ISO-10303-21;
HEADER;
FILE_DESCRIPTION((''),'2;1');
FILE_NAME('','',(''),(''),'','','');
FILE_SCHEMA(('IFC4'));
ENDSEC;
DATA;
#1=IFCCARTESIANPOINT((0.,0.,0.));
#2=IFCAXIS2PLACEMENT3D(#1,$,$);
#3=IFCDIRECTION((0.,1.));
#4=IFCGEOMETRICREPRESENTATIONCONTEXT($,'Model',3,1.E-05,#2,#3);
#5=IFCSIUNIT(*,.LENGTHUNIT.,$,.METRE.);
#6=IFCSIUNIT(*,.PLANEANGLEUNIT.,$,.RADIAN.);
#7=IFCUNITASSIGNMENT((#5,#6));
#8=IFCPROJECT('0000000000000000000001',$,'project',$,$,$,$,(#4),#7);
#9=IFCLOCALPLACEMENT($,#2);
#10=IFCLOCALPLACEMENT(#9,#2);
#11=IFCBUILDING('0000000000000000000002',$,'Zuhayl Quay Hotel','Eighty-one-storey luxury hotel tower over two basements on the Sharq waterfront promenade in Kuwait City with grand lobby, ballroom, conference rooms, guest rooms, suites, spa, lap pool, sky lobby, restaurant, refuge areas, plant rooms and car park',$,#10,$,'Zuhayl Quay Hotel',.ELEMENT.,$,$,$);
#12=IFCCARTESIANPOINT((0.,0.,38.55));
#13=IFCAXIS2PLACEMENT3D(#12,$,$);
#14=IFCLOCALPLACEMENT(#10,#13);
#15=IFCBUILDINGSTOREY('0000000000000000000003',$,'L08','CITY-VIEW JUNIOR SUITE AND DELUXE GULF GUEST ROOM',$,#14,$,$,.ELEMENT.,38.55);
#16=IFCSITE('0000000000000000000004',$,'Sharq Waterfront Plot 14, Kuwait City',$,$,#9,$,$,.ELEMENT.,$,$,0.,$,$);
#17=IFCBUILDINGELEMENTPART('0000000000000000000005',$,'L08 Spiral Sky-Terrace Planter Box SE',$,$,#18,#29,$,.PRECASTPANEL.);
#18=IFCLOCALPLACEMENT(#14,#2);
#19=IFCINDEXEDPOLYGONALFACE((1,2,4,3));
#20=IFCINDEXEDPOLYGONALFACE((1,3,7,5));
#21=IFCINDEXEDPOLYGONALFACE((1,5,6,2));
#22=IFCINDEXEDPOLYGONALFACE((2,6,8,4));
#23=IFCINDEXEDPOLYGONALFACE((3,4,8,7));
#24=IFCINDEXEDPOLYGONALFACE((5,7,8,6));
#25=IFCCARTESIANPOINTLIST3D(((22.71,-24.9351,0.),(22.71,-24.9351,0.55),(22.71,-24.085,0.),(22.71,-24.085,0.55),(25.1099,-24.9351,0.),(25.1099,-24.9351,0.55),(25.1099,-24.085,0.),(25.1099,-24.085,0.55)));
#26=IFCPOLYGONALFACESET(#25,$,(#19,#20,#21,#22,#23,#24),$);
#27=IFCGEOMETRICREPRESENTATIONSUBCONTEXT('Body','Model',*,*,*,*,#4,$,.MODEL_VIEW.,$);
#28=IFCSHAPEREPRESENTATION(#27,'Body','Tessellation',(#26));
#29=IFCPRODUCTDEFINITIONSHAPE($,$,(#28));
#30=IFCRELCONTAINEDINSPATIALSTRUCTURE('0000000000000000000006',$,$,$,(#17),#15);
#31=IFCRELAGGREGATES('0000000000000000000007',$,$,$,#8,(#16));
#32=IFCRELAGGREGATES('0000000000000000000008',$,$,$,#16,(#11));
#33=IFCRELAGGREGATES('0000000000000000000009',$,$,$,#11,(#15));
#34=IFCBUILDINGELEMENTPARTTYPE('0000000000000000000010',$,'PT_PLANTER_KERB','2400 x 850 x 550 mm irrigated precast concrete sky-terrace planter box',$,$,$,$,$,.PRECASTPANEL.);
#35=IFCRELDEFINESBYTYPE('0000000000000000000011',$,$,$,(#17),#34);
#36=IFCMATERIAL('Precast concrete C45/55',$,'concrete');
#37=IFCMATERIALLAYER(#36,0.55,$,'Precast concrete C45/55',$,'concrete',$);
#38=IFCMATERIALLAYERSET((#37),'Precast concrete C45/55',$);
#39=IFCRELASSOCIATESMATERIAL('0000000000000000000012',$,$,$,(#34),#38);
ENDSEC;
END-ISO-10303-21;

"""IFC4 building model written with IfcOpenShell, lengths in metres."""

from ifc_helpers import new_model, si_unit, direction, frame, origin, origin_2d, place, context, subcontext, project, spatial, rectangle, extrude, material, layer, layer_set, type_object, element, save


model = new_model("IFC4")

# Units and contexts
model_context = context("Model", 3, precision=1e-05, world=origin(), true_north=direction((0.0, 1.0)))
body_context = subcontext(model_context, "Body", "Model", "MODEL_VIEW")
ifc_project = project(units=[si_unit("LENGTHUNIT", "METRE"), si_unit("PLANEANGLEUNIT", "RADIAN")], contexts=[model_context])

# Site, building, storey
site_placement = place(None, origin())
site = spatial("IfcSite", under=ifc_project, at=site_placement, Name="Sharq Waterfront Plot 14, Kuwait City", CompositionType="ELEMENT", RefElevation=0.0)
building_placement = place(site_placement, origin())
building = spatial("IfcBuilding", under=site, at=building_placement, Name="Zuhayl Quay Hotel", Description="Eighty-one-storey luxury hotel tower over two basements on the Sharq waterfront promenade in Kuwait City with grand lobby, ballroom, conference rooms, guest rooms, suites, spa, lap pool, sky lobby, restaurant, refuge areas, plant rooms and car park", LongName="Zuhayl Quay Hotel", CompositionType="ELEMENT")
storey_placement = place(building_placement, frame((0.0, 0.0, 38.55)))
storey = spatial("IfcBuildingStorey", under=building, at=storey_placement, Name="L08", Description="CITY-VIEW JUNIOR SUITE AND DELUXE GULF GUEST ROOM", CompositionType="ELEMENT", Elevation=38.55)

# Shared definitions
ifc_material_1 = material(Name="Precast concrete C45/55", Category="concrete")

# Building element part
ifc_layer_1 = layer(ifc_material_1, 0.55, Name="Precast concrete C45/55", Category="concrete")
ifc_layer_set_1 = layer_set([ifc_layer_1], Name="Precast concrete C45/55")
building_element_part_type = type_object("IfcBuildingElementPartType", Name="PT_PLANTER_KERB", Description="2400 x 850 x 550 mm irrigated precast concrete sky-terrace planter box", PredefinedType="PRECASTPANEL", material=ifc_layer_set_1)
building_element_part_placement = place(storey_placement, frame((23.9099, -24.51, 0.0), z_axis=(0.0, 0.0, 1.0), x_axis=(1.0, 0.0, 0.0)))
element("IfcBuildingElementPart", 1, at=building_element_part_placement, inside=storey, type_object=building_element_part_type, Name="L08 Spiral Sky-Terrace Planter Box SE", PredefinedType="PRECASTPANEL", context=body_context, shape_type="SweptSolid", body=[
    extrude(rectangle(XDim=2.3999, YDim=0.8501, at=origin_2d()), origin(), (0.0, 0.0, 1.0), 0.55),
])

save(model, "model.ifc")
